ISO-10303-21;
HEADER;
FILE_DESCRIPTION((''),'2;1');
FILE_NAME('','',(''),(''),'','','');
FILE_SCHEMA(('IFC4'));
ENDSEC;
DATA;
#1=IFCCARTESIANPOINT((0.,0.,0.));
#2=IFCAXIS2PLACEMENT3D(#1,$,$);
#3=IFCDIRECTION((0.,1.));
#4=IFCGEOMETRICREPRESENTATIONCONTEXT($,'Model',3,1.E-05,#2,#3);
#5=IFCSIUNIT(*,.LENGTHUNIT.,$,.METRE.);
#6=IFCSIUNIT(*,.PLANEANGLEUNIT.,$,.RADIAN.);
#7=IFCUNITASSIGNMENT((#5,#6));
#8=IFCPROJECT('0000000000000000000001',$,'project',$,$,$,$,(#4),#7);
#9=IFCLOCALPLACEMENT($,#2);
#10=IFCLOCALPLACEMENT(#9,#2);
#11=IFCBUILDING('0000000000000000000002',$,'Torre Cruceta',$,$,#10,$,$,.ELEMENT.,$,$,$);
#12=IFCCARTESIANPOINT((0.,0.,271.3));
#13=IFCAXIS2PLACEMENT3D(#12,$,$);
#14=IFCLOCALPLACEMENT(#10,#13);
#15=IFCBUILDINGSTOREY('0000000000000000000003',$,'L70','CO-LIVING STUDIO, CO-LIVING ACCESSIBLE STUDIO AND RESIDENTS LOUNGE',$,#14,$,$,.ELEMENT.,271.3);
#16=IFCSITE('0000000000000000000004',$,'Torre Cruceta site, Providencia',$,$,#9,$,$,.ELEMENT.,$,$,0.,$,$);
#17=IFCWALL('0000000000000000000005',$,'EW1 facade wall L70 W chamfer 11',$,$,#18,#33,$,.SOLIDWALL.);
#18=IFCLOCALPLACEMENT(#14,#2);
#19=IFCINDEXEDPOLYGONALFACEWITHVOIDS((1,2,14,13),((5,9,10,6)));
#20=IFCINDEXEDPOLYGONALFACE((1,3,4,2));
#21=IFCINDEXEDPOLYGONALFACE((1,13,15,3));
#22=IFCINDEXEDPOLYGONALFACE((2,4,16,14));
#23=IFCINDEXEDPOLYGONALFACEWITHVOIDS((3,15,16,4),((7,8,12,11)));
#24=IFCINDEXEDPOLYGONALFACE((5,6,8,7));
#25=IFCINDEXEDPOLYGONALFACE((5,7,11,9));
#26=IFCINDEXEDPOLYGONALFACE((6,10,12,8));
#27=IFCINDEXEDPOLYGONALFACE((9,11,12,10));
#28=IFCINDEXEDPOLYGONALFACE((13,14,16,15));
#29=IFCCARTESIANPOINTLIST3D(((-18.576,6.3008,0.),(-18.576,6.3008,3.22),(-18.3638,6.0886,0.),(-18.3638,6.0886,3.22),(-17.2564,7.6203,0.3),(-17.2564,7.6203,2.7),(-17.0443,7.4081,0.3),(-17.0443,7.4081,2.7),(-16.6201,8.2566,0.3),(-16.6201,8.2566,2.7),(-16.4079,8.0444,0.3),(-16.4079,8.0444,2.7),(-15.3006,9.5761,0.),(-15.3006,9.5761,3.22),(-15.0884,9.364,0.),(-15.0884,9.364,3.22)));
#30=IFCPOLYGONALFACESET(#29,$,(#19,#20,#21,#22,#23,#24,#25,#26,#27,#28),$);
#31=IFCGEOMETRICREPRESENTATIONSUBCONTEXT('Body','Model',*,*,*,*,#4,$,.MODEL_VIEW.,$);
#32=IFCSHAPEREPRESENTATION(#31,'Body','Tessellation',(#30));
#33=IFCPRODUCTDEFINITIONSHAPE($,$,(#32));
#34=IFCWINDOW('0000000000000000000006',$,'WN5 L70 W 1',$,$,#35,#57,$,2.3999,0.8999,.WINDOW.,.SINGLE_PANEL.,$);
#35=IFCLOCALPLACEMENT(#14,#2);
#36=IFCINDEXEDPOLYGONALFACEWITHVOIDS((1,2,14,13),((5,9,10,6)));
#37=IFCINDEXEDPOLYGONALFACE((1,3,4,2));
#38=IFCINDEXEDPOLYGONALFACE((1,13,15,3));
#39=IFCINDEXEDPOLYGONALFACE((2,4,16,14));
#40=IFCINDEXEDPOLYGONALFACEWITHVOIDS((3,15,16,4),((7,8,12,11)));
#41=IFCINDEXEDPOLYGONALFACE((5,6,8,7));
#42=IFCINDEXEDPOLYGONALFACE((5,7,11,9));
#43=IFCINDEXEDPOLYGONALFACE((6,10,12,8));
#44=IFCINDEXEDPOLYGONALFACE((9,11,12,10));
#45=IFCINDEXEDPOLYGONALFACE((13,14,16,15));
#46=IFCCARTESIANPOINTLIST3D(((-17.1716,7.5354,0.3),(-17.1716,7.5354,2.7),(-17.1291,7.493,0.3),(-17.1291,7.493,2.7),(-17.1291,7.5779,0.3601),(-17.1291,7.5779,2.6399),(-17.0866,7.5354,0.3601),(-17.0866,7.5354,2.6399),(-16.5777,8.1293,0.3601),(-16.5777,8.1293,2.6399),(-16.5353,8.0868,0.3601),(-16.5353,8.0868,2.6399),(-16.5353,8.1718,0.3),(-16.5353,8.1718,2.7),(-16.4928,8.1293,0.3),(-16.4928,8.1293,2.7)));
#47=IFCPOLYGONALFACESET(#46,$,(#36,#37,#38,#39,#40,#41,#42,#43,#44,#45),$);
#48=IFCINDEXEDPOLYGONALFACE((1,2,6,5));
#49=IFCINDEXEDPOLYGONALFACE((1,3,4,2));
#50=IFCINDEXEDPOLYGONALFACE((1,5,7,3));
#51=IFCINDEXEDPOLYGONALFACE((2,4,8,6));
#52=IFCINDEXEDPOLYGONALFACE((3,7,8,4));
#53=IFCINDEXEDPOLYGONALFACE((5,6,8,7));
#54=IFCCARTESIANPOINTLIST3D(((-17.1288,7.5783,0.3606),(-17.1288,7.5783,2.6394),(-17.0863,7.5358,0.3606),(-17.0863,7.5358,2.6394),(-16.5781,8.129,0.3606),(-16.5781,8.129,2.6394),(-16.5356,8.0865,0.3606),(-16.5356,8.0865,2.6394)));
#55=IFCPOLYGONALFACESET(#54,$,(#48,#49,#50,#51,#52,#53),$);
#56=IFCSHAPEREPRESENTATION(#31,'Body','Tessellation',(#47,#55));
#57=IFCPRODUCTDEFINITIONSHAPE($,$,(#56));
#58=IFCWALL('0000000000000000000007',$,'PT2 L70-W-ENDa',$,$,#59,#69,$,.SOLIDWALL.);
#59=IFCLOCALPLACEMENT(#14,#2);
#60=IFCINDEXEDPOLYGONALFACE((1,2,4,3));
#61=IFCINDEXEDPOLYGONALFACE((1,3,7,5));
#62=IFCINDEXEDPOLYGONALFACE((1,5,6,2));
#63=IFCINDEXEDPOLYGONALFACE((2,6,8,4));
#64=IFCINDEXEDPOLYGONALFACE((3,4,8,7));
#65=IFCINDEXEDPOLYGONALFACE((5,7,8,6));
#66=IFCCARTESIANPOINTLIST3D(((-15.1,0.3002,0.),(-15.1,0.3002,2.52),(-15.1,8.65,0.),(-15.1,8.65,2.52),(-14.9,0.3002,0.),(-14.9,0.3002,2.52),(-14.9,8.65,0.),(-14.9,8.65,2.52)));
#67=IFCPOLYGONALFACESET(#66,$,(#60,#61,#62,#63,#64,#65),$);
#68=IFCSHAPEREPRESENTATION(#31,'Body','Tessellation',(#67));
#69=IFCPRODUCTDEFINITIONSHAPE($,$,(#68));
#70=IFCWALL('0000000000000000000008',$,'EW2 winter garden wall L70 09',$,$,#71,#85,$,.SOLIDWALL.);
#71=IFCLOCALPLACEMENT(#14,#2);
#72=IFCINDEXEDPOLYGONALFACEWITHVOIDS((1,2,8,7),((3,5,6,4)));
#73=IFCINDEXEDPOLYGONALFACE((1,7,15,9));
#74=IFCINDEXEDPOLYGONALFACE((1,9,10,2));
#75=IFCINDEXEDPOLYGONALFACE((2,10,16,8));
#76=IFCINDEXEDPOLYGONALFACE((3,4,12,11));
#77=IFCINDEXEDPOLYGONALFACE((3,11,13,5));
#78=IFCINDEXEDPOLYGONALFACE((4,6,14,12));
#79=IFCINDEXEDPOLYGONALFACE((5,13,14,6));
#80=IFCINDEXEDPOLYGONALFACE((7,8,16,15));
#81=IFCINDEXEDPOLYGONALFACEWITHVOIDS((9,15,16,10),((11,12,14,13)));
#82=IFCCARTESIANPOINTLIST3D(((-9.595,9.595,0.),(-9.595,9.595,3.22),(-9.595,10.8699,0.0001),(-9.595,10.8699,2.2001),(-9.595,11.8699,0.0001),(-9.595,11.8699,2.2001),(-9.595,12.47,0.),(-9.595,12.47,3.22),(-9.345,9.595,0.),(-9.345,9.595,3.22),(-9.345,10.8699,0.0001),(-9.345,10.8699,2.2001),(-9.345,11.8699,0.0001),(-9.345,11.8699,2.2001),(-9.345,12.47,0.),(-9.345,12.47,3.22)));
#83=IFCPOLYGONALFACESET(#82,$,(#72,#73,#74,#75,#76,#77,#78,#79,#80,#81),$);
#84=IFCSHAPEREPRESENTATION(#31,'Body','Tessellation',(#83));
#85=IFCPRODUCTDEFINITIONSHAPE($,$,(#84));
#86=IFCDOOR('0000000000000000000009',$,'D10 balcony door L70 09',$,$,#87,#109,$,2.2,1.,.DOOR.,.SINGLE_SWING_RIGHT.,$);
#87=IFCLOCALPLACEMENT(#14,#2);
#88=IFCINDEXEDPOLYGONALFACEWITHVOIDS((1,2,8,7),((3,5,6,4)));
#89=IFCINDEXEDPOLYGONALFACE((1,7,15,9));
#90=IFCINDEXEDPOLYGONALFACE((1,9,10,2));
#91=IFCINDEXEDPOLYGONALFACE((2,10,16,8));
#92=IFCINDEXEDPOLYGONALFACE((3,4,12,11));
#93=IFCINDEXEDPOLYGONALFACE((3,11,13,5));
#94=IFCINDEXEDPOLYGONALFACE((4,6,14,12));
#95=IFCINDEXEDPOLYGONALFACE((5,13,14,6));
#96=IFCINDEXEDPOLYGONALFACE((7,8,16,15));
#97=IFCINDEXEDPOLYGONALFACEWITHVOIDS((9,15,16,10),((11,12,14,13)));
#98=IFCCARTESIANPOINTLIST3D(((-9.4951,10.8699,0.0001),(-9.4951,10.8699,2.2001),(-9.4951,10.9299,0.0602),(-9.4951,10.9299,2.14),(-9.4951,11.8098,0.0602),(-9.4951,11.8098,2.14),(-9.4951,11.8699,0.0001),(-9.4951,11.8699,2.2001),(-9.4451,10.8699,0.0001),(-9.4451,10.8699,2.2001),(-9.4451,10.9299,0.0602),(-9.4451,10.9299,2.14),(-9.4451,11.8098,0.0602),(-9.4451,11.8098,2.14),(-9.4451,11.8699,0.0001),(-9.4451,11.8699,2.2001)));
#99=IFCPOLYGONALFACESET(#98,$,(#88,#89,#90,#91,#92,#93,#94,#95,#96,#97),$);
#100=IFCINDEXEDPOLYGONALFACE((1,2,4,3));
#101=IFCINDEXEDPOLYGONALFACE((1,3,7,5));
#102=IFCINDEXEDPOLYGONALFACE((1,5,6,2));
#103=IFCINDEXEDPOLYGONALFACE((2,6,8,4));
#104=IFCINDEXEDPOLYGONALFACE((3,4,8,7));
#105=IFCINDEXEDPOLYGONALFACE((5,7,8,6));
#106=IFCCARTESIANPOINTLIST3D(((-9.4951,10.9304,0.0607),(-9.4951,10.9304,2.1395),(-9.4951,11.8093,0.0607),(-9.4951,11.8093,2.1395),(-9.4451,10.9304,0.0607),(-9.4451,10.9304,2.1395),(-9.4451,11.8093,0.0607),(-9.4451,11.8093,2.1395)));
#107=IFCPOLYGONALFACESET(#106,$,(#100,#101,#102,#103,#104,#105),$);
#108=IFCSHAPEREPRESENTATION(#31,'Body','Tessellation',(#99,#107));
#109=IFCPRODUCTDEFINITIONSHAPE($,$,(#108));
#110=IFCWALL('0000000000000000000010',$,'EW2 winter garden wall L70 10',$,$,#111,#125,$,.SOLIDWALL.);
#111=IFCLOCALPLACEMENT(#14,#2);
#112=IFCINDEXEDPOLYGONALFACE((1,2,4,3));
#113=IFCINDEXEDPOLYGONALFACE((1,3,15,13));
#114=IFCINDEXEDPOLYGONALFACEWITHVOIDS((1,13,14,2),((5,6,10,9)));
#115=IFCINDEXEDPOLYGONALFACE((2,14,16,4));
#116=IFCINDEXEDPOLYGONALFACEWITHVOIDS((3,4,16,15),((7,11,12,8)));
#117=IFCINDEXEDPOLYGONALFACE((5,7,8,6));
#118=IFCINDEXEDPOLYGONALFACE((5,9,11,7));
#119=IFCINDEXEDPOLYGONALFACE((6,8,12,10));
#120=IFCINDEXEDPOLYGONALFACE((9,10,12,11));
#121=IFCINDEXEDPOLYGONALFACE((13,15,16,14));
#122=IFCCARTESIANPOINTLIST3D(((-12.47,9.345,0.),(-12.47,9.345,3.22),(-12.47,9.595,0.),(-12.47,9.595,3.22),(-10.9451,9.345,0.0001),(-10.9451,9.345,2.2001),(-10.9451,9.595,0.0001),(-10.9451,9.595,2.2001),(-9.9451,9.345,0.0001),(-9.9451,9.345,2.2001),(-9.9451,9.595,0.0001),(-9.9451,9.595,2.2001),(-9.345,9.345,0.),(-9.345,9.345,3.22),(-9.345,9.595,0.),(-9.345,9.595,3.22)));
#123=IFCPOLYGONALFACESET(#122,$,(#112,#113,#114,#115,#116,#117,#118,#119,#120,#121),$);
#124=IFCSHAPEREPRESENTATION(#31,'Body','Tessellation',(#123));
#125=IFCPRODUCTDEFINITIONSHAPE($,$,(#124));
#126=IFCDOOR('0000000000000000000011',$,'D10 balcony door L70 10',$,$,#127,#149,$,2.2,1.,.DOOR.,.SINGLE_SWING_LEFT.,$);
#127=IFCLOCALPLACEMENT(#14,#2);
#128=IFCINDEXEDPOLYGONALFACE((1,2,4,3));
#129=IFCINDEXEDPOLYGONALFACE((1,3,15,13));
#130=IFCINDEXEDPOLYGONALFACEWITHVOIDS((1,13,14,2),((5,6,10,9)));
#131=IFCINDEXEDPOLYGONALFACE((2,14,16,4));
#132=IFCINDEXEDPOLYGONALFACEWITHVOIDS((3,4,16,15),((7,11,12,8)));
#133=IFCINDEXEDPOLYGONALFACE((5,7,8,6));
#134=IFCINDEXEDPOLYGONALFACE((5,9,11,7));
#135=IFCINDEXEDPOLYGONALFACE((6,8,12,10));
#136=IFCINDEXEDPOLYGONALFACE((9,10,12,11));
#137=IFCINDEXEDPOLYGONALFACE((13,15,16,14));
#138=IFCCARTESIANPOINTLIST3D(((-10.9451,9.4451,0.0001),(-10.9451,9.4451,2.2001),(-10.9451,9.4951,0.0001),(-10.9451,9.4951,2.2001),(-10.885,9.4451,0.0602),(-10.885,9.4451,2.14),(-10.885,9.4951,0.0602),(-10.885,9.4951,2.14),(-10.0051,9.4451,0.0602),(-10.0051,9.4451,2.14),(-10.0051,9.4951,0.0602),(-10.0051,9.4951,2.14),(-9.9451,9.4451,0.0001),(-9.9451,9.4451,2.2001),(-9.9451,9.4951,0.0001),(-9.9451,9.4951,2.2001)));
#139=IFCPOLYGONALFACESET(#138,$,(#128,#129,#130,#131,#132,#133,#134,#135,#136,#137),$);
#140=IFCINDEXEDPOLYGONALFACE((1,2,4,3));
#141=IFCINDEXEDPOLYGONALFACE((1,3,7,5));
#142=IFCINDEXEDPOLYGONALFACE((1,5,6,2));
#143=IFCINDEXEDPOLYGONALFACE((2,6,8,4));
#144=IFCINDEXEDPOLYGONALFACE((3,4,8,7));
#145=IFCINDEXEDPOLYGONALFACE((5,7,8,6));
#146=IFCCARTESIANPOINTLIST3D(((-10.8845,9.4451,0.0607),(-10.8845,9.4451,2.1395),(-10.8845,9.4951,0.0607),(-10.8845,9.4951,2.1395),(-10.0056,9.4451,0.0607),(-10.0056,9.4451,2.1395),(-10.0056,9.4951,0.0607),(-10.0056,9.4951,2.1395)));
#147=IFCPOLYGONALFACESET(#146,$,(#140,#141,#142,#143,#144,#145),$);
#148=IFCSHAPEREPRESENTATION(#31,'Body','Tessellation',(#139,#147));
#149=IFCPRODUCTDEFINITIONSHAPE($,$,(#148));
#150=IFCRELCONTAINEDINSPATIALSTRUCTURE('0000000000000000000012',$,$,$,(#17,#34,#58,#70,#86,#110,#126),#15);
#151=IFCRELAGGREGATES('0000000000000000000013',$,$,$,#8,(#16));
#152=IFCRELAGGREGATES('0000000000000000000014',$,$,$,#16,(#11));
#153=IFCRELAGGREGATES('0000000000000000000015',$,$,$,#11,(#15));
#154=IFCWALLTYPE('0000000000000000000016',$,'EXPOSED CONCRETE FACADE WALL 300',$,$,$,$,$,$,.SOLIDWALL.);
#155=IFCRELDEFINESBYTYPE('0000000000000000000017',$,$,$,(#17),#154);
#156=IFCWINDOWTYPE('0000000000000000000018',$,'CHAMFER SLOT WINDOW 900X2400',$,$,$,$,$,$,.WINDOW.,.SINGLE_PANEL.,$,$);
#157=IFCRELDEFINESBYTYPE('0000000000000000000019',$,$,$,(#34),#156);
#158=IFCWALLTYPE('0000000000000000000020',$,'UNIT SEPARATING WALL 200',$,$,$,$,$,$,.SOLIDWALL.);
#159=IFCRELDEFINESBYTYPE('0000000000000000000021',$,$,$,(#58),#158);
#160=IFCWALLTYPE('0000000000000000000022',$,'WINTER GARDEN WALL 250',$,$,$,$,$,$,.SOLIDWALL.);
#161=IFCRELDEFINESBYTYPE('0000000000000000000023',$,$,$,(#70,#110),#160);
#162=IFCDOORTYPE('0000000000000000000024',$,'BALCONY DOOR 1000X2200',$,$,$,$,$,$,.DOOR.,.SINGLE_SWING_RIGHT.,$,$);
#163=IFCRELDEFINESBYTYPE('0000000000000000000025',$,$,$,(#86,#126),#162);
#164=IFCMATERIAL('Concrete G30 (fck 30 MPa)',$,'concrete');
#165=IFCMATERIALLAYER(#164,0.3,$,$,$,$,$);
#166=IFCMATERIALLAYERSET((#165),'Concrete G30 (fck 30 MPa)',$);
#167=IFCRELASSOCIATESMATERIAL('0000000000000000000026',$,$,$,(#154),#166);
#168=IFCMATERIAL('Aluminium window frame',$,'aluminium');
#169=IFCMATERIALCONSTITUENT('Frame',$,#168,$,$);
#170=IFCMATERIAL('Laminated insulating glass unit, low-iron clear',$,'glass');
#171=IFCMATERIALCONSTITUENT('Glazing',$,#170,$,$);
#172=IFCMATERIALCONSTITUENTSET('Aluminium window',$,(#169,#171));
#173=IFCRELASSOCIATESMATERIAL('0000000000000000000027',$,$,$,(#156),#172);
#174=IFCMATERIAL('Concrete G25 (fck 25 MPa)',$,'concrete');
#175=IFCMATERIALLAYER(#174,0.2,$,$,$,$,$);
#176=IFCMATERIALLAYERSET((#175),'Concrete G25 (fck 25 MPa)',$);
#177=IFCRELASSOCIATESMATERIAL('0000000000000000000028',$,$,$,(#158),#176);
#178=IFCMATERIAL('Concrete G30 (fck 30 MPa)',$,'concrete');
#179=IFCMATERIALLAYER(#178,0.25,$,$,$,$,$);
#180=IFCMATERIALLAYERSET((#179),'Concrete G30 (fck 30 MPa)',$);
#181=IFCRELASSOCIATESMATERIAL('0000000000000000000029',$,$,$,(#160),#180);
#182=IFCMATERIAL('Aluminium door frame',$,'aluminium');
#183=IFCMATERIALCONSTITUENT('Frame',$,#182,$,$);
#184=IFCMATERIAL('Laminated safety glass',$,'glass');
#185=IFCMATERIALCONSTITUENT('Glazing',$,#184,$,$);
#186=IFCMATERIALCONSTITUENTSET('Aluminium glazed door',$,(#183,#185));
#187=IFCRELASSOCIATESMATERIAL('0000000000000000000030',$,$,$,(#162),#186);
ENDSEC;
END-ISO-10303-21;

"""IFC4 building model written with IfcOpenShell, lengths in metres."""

from ifc_helpers import new_model, si_unit, direction, frame, frame_2d, origin, place, context, subcontext, project, spatial, rectangle, hollow_rectangle, extrude, material, layer, layer_set, constituent, constituent_set, type_object, element, fill, save


model = new_model("IFC4")

# Units and contexts
model_context = context("Model", 3, precision=1e-05, world=origin(), true_north=direction((0.0, 1.0)))
body_context = subcontext(model_context, "Body", "Model", "MODEL_VIEW")
ifc_project = project(units=[si_unit("LENGTHUNIT", "METRE"), si_unit("PLANEANGLEUNIT", "RADIAN")], contexts=[model_context])

# Site, building, storey
site_placement = place(None, origin())
site = spatial("IfcSite", under=ifc_project, at=site_placement, Name="Torre Cruceta site, Providencia", CompositionType="ELEMENT", RefElevation=0.0)
building_placement = place(site_placement, origin())
building = spatial("IfcBuilding", under=site, at=building_placement, Name="Torre Cruceta", CompositionType="ELEMENT")
storey_placement = place(building_placement, frame((0.0, 0.0, 271.3)))
storey = spatial("IfcBuildingStorey", under=building, at=storey_placement, Name="L70", Description="CO-LIVING STUDIO, CO-LIVING ACCESSIBLE STUDIO AND RESIDENTS LOUNGE", CompositionType="ELEMENT", Elevation=271.3)

# Wall, opening, window
ifc_material_1 = material(Name="Concrete G30 (fck 30 MPa)", Category="concrete")
ifc_layer_1 = layer(ifc_material_1, 0.3)
ifc_layer_set_1 = layer_set([ifc_layer_1], Name="Concrete G30 (fck 30 MPa)")
wall_type_1 = type_object("IfcWallType", Name="EXPOSED CONCRETE FACADE WALL 300", PredefinedType="SOLIDWALL", material=ifc_layer_set_1)
wall_1_placement = place(storey_placement, frame((-15.1946, 9.47, 0.0), z_axis=(0.0, 0.0, 1.0), x_axis=(-0.707107, -0.707107, 0.0)))
wall_1 = element("IfcWall", 1, at=wall_1_placement, inside=storey, type_object=wall_type_1, Name="EW1 facade wall L70 W chamfer 11", PredefinedType="SOLIDWALL", context=body_context, shape_type="SweptSolid", body=[
    extrude(rectangle(XDim=4.6321, YDim=0.3, at=frame_2d((2.3159, 0.0))), origin(), (0.0, 0.0, 1.0), 3.22),
])
opening_1_placement = place(wall_1_placement, frame((1.866, 0.0, 0.3)))
opening_1 = element("IfcOpeningElement", 2, at=opening_1_placement, cuts=wall_1, PredefinedType="OPENING", context=body_context, shape_type="SweptSolid", body=[
    extrude(rectangle(XDim=0.8999, YDim=2.3999, at=frame_2d((0.45, 1.2))), frame((0.0, 0.1599, 0.0), z_axis=(0.0, -1.0, 0.0), x_axis=(1.0, 0.0, 0.0)), (0.0, 0.0, 1.0), 0.3201),
])
ifc_material_2 = material(Name="Aluminium window frame", Category="aluminium")
ifc_constituent_1 = constituent(ifc_material_2, Name="Frame")
ifc_material_3 = material(Name="Laminated insulating glass unit, low-iron clear", Category="glass")
ifc_constituent_2 = constituent(ifc_material_3, Name="Glazing")
ifc_constituent_set_1 = constituent_set(constituents=[ifc_constituent_1, ifc_constituent_2], Name="Aluminium window")
window_type = type_object("IfcWindowType", Name="CHAMFER SLOT WINDOW 900X2400", PartitioningType="SINGLE_PANEL", PredefinedType="WINDOW", material=ifc_constituent_set_1)
window_placement = place(opening_1_placement, origin())
window = element("IfcWindow", 3, at=window_placement, inside=storey, type_object=window_type, Name="WN5 L70 W 1", OverallHeight=2.3999, OverallWidth=0.8999, PartitioningType="SINGLE_PANEL", PredefinedType="WINDOW", context=body_context, shape_type="SweptSolid", body=[
    extrude(hollow_rectangle(XDim=0.8999, YDim=2.3999, WallThickness=0.0601, at=frame_2d((0.45, 1.2))), frame((0.0, 0.03, 0.0), z_axis=(0.0, -1.0, 0.0), x_axis=(1.0, 0.0, 0.0)), (0.0, 0.0, 1.0), 0.0601),
    extrude(rectangle(XDim=0.7788, YDim=2.2788, at=frame_2d((0.45, 1.2))), frame((0.0, 0.03, 0.0), z_axis=(0.0, -1.0, 0.0), x_axis=(1.0, 0.0, 0.0)), (0.0, 0.0, 1.0), 0.0601),
])
fill(opening_1, window)

# Wall
ifc_material_4 = material(Name="Concrete G25 (fck 25 MPa)", Category="concrete")
ifc_layer_2 = layer(ifc_material_4, 0.2)
ifc_layer_set_2 = layer_set([ifc_layer_2], Name="Concrete G25 (fck 25 MPa)")
wall_type_2 = type_object("IfcWallType", Name="UNIT SEPARATING WALL 200", PredefinedType="SOLIDWALL", material=ifc_layer_set_2)
wall_2_placement = place(storey_placement, frame((-15.0, 8.6499, 0.0), z_axis=(0.0, 0.0, 1.0), x_axis=(0.0, -1.0, 0.0)))
element("IfcWall", 4, at=wall_2_placement, inside=storey, type_object=wall_type_2, Name="PT2 L70-W-ENDa", PredefinedType="SOLIDWALL", context=body_context, shape_type="SweptSolid", body=[
    extrude(rectangle(XDim=8.3499, YDim=0.2, at=frame_2d((4.1748, 0.0))), origin(), (0.0, 0.0, 1.0), 2.52),
])

# Walls, openings, doors
ifc_material_5 = material(Name="Concrete G30 (fck 30 MPa)", Category="concrete")
ifc_layer_3 = layer(ifc_material_5, 0.25)
ifc_layer_set_3 = layer_set([ifc_layer_3], Name="Concrete G30 (fck 30 MPa)")
wall_type_3 = type_object("IfcWallType", Name="WINTER GARDEN WALL 250", PredefinedType="SOLIDWALL", material=ifc_layer_set_3)
wall_3_placement = place(storey_placement, frame((-9.47, 12.47, 0.0), z_axis=(0.0, 0.0, 1.0), x_axis=(0.0, -1.0, 0.0)))
wall_3 = element("IfcWall", 5, at=wall_3_placement, inside=storey, type_object=wall_type_3, Name="EW2 winter garden wall L70 09", PredefinedType="SOLIDWALL", context=body_context, shape_type="SweptSolid", body=[
    extrude(rectangle(XDim=2.875, YDim=0.25, at=frame_2d((1.4375, 0.0))), origin(), (0.0, 0.0, 1.0), 3.22),
])
opening_2_placement = place(wall_3_placement, frame((0.6001, 0.0, 0.0)))
opening_2 = element("IfcOpeningElement", 6, at=opening_2_placement, cuts=wall_3, PredefinedType="OPENING", context=body_context, shape_type="SweptSolid", body=[
    extrude(rectangle(XDim=1.0, YDim=2.2, at=frame_2d((0.5, 1.1001))), frame((0.0, 0.135, 0.0), z_axis=(0.0, -1.0, 0.0), x_axis=(1.0, 0.0, 0.0)), (0.0, 0.0, 1.0), 0.27),
])
ifc_material_6 = material(Name="Aluminium door frame", Category="aluminium")
ifc_constituent_3 = constituent(ifc_material_6, Name="Frame")
ifc_material_7 = material(Name="Laminated safety glass", Category="glass")
ifc_constituent_4 = constituent(ifc_material_7, Name="Glazing")
ifc_constituent_set_2 = constituent_set(constituents=[ifc_constituent_3, ifc_constituent_4], Name="Aluminium glazed door")
door_type_1 = type_object("IfcDoorType", Name="BALCONY DOOR 1000X2200", OperationType="SINGLE_SWING_RIGHT", PredefinedType="DOOR", material=ifc_constituent_set_2)
door_1_placement = place(opening_2_placement, origin())
door_1 = element("IfcDoor", 7, at=door_1_placement, inside=storey, type_object=door_type_1, Name="D10 balcony door L70 09", OperationType="SINGLE_SWING_RIGHT", OverallHeight=2.2, OverallWidth=1.0, PredefinedType="DOOR", context=body_context, shape_type="SweptSolid", body=[
    extrude(hollow_rectangle(XDim=1.0, YDim=2.2, WallThickness=0.0601, at=frame_2d((0.5, 1.1001))), frame((0.0, 0.0249, 0.0), z_axis=(0.0, -1.0, 0.0), x_axis=(1.0, 0.0, 0.0)), (0.0, 0.0, 1.0), 0.05),
    extrude(rectangle(XDim=0.8789, YDim=2.0789, at=frame_2d((0.5, 1.1001))), frame((0.0, 0.0249, 0.0), z_axis=(0.0, -1.0, 0.0), x_axis=(1.0, 0.0, 0.0)), (0.0, 0.0, 1.0), 0.05),
])
fill(opening_2, door_1)
wall_4_placement = place(storey_placement, frame((-9.345, 9.47, 0.0), z_axis=(0.0, 0.0, 1.0), x_axis=(-1.0, 0.0, 0.0)))
wall_4 = element("IfcWall", 8, at=wall_4_placement, inside=storey, type_object=wall_type_3, Name="EW2 winter garden wall L70 10", PredefinedType="SOLIDWALL", context=body_context, shape_type="SweptSolid", body=[
    extrude(rectangle(XDim=3.125, YDim=0.25, at=frame_2d((1.5625, 0.0))), origin(), (0.0, 0.0, 1.0), 3.22),
])
opening_3_placement = place(wall_4_placement, frame((0.6001, 0.0, 0.0)))
opening_3 = element("IfcOpeningElement", 9, at=opening_3_placement, cuts=wall_4, PredefinedType="OPENING", context=body_context, shape_type="SweptSolid", body=[
    extrude(rectangle(XDim=1.0, YDim=2.2, at=frame_2d((0.5, 1.1001))), frame((0.0, 0.135, 0.0), z_axis=(0.0, -1.0, 0.0), x_axis=(1.0, 0.0, 0.0)), (0.0, 0.0, 1.0), 0.27),
])
door_2_placement = place(opening_3_placement, origin())
door_2 = element("IfcDoor", 10, at=door_2_placement, inside=storey, type_object=door_type_1, Name="D10 balcony door L70 10", OperationType="SINGLE_SWING_LEFT", OverallHeight=2.2, OverallWidth=1.0, PredefinedType="DOOR", context=body_context, shape_type="SweptSolid", body=[
    extrude(hollow_rectangle(XDim=1.0, YDim=2.2, WallThickness=0.0601, at=frame_2d((0.5, 1.1001))), frame((0.0, 0.0249, 0.0), z_axis=(0.0, -1.0, 0.0), x_axis=(1.0, 0.0, 0.0)), (0.0, 0.0, 1.0), 0.05),
    extrude(rectangle(XDim=0.8789, YDim=2.0789, at=frame_2d((0.5, 1.1001))), frame((0.0, 0.0249, 0.0), z_axis=(0.0, -1.0, 0.0), x_axis=(1.0, 0.0, 0.0)), (0.0, 0.0, 1.0), 0.05),
])
fill(opening_3, door_2)

save(model, "model.ifc")
